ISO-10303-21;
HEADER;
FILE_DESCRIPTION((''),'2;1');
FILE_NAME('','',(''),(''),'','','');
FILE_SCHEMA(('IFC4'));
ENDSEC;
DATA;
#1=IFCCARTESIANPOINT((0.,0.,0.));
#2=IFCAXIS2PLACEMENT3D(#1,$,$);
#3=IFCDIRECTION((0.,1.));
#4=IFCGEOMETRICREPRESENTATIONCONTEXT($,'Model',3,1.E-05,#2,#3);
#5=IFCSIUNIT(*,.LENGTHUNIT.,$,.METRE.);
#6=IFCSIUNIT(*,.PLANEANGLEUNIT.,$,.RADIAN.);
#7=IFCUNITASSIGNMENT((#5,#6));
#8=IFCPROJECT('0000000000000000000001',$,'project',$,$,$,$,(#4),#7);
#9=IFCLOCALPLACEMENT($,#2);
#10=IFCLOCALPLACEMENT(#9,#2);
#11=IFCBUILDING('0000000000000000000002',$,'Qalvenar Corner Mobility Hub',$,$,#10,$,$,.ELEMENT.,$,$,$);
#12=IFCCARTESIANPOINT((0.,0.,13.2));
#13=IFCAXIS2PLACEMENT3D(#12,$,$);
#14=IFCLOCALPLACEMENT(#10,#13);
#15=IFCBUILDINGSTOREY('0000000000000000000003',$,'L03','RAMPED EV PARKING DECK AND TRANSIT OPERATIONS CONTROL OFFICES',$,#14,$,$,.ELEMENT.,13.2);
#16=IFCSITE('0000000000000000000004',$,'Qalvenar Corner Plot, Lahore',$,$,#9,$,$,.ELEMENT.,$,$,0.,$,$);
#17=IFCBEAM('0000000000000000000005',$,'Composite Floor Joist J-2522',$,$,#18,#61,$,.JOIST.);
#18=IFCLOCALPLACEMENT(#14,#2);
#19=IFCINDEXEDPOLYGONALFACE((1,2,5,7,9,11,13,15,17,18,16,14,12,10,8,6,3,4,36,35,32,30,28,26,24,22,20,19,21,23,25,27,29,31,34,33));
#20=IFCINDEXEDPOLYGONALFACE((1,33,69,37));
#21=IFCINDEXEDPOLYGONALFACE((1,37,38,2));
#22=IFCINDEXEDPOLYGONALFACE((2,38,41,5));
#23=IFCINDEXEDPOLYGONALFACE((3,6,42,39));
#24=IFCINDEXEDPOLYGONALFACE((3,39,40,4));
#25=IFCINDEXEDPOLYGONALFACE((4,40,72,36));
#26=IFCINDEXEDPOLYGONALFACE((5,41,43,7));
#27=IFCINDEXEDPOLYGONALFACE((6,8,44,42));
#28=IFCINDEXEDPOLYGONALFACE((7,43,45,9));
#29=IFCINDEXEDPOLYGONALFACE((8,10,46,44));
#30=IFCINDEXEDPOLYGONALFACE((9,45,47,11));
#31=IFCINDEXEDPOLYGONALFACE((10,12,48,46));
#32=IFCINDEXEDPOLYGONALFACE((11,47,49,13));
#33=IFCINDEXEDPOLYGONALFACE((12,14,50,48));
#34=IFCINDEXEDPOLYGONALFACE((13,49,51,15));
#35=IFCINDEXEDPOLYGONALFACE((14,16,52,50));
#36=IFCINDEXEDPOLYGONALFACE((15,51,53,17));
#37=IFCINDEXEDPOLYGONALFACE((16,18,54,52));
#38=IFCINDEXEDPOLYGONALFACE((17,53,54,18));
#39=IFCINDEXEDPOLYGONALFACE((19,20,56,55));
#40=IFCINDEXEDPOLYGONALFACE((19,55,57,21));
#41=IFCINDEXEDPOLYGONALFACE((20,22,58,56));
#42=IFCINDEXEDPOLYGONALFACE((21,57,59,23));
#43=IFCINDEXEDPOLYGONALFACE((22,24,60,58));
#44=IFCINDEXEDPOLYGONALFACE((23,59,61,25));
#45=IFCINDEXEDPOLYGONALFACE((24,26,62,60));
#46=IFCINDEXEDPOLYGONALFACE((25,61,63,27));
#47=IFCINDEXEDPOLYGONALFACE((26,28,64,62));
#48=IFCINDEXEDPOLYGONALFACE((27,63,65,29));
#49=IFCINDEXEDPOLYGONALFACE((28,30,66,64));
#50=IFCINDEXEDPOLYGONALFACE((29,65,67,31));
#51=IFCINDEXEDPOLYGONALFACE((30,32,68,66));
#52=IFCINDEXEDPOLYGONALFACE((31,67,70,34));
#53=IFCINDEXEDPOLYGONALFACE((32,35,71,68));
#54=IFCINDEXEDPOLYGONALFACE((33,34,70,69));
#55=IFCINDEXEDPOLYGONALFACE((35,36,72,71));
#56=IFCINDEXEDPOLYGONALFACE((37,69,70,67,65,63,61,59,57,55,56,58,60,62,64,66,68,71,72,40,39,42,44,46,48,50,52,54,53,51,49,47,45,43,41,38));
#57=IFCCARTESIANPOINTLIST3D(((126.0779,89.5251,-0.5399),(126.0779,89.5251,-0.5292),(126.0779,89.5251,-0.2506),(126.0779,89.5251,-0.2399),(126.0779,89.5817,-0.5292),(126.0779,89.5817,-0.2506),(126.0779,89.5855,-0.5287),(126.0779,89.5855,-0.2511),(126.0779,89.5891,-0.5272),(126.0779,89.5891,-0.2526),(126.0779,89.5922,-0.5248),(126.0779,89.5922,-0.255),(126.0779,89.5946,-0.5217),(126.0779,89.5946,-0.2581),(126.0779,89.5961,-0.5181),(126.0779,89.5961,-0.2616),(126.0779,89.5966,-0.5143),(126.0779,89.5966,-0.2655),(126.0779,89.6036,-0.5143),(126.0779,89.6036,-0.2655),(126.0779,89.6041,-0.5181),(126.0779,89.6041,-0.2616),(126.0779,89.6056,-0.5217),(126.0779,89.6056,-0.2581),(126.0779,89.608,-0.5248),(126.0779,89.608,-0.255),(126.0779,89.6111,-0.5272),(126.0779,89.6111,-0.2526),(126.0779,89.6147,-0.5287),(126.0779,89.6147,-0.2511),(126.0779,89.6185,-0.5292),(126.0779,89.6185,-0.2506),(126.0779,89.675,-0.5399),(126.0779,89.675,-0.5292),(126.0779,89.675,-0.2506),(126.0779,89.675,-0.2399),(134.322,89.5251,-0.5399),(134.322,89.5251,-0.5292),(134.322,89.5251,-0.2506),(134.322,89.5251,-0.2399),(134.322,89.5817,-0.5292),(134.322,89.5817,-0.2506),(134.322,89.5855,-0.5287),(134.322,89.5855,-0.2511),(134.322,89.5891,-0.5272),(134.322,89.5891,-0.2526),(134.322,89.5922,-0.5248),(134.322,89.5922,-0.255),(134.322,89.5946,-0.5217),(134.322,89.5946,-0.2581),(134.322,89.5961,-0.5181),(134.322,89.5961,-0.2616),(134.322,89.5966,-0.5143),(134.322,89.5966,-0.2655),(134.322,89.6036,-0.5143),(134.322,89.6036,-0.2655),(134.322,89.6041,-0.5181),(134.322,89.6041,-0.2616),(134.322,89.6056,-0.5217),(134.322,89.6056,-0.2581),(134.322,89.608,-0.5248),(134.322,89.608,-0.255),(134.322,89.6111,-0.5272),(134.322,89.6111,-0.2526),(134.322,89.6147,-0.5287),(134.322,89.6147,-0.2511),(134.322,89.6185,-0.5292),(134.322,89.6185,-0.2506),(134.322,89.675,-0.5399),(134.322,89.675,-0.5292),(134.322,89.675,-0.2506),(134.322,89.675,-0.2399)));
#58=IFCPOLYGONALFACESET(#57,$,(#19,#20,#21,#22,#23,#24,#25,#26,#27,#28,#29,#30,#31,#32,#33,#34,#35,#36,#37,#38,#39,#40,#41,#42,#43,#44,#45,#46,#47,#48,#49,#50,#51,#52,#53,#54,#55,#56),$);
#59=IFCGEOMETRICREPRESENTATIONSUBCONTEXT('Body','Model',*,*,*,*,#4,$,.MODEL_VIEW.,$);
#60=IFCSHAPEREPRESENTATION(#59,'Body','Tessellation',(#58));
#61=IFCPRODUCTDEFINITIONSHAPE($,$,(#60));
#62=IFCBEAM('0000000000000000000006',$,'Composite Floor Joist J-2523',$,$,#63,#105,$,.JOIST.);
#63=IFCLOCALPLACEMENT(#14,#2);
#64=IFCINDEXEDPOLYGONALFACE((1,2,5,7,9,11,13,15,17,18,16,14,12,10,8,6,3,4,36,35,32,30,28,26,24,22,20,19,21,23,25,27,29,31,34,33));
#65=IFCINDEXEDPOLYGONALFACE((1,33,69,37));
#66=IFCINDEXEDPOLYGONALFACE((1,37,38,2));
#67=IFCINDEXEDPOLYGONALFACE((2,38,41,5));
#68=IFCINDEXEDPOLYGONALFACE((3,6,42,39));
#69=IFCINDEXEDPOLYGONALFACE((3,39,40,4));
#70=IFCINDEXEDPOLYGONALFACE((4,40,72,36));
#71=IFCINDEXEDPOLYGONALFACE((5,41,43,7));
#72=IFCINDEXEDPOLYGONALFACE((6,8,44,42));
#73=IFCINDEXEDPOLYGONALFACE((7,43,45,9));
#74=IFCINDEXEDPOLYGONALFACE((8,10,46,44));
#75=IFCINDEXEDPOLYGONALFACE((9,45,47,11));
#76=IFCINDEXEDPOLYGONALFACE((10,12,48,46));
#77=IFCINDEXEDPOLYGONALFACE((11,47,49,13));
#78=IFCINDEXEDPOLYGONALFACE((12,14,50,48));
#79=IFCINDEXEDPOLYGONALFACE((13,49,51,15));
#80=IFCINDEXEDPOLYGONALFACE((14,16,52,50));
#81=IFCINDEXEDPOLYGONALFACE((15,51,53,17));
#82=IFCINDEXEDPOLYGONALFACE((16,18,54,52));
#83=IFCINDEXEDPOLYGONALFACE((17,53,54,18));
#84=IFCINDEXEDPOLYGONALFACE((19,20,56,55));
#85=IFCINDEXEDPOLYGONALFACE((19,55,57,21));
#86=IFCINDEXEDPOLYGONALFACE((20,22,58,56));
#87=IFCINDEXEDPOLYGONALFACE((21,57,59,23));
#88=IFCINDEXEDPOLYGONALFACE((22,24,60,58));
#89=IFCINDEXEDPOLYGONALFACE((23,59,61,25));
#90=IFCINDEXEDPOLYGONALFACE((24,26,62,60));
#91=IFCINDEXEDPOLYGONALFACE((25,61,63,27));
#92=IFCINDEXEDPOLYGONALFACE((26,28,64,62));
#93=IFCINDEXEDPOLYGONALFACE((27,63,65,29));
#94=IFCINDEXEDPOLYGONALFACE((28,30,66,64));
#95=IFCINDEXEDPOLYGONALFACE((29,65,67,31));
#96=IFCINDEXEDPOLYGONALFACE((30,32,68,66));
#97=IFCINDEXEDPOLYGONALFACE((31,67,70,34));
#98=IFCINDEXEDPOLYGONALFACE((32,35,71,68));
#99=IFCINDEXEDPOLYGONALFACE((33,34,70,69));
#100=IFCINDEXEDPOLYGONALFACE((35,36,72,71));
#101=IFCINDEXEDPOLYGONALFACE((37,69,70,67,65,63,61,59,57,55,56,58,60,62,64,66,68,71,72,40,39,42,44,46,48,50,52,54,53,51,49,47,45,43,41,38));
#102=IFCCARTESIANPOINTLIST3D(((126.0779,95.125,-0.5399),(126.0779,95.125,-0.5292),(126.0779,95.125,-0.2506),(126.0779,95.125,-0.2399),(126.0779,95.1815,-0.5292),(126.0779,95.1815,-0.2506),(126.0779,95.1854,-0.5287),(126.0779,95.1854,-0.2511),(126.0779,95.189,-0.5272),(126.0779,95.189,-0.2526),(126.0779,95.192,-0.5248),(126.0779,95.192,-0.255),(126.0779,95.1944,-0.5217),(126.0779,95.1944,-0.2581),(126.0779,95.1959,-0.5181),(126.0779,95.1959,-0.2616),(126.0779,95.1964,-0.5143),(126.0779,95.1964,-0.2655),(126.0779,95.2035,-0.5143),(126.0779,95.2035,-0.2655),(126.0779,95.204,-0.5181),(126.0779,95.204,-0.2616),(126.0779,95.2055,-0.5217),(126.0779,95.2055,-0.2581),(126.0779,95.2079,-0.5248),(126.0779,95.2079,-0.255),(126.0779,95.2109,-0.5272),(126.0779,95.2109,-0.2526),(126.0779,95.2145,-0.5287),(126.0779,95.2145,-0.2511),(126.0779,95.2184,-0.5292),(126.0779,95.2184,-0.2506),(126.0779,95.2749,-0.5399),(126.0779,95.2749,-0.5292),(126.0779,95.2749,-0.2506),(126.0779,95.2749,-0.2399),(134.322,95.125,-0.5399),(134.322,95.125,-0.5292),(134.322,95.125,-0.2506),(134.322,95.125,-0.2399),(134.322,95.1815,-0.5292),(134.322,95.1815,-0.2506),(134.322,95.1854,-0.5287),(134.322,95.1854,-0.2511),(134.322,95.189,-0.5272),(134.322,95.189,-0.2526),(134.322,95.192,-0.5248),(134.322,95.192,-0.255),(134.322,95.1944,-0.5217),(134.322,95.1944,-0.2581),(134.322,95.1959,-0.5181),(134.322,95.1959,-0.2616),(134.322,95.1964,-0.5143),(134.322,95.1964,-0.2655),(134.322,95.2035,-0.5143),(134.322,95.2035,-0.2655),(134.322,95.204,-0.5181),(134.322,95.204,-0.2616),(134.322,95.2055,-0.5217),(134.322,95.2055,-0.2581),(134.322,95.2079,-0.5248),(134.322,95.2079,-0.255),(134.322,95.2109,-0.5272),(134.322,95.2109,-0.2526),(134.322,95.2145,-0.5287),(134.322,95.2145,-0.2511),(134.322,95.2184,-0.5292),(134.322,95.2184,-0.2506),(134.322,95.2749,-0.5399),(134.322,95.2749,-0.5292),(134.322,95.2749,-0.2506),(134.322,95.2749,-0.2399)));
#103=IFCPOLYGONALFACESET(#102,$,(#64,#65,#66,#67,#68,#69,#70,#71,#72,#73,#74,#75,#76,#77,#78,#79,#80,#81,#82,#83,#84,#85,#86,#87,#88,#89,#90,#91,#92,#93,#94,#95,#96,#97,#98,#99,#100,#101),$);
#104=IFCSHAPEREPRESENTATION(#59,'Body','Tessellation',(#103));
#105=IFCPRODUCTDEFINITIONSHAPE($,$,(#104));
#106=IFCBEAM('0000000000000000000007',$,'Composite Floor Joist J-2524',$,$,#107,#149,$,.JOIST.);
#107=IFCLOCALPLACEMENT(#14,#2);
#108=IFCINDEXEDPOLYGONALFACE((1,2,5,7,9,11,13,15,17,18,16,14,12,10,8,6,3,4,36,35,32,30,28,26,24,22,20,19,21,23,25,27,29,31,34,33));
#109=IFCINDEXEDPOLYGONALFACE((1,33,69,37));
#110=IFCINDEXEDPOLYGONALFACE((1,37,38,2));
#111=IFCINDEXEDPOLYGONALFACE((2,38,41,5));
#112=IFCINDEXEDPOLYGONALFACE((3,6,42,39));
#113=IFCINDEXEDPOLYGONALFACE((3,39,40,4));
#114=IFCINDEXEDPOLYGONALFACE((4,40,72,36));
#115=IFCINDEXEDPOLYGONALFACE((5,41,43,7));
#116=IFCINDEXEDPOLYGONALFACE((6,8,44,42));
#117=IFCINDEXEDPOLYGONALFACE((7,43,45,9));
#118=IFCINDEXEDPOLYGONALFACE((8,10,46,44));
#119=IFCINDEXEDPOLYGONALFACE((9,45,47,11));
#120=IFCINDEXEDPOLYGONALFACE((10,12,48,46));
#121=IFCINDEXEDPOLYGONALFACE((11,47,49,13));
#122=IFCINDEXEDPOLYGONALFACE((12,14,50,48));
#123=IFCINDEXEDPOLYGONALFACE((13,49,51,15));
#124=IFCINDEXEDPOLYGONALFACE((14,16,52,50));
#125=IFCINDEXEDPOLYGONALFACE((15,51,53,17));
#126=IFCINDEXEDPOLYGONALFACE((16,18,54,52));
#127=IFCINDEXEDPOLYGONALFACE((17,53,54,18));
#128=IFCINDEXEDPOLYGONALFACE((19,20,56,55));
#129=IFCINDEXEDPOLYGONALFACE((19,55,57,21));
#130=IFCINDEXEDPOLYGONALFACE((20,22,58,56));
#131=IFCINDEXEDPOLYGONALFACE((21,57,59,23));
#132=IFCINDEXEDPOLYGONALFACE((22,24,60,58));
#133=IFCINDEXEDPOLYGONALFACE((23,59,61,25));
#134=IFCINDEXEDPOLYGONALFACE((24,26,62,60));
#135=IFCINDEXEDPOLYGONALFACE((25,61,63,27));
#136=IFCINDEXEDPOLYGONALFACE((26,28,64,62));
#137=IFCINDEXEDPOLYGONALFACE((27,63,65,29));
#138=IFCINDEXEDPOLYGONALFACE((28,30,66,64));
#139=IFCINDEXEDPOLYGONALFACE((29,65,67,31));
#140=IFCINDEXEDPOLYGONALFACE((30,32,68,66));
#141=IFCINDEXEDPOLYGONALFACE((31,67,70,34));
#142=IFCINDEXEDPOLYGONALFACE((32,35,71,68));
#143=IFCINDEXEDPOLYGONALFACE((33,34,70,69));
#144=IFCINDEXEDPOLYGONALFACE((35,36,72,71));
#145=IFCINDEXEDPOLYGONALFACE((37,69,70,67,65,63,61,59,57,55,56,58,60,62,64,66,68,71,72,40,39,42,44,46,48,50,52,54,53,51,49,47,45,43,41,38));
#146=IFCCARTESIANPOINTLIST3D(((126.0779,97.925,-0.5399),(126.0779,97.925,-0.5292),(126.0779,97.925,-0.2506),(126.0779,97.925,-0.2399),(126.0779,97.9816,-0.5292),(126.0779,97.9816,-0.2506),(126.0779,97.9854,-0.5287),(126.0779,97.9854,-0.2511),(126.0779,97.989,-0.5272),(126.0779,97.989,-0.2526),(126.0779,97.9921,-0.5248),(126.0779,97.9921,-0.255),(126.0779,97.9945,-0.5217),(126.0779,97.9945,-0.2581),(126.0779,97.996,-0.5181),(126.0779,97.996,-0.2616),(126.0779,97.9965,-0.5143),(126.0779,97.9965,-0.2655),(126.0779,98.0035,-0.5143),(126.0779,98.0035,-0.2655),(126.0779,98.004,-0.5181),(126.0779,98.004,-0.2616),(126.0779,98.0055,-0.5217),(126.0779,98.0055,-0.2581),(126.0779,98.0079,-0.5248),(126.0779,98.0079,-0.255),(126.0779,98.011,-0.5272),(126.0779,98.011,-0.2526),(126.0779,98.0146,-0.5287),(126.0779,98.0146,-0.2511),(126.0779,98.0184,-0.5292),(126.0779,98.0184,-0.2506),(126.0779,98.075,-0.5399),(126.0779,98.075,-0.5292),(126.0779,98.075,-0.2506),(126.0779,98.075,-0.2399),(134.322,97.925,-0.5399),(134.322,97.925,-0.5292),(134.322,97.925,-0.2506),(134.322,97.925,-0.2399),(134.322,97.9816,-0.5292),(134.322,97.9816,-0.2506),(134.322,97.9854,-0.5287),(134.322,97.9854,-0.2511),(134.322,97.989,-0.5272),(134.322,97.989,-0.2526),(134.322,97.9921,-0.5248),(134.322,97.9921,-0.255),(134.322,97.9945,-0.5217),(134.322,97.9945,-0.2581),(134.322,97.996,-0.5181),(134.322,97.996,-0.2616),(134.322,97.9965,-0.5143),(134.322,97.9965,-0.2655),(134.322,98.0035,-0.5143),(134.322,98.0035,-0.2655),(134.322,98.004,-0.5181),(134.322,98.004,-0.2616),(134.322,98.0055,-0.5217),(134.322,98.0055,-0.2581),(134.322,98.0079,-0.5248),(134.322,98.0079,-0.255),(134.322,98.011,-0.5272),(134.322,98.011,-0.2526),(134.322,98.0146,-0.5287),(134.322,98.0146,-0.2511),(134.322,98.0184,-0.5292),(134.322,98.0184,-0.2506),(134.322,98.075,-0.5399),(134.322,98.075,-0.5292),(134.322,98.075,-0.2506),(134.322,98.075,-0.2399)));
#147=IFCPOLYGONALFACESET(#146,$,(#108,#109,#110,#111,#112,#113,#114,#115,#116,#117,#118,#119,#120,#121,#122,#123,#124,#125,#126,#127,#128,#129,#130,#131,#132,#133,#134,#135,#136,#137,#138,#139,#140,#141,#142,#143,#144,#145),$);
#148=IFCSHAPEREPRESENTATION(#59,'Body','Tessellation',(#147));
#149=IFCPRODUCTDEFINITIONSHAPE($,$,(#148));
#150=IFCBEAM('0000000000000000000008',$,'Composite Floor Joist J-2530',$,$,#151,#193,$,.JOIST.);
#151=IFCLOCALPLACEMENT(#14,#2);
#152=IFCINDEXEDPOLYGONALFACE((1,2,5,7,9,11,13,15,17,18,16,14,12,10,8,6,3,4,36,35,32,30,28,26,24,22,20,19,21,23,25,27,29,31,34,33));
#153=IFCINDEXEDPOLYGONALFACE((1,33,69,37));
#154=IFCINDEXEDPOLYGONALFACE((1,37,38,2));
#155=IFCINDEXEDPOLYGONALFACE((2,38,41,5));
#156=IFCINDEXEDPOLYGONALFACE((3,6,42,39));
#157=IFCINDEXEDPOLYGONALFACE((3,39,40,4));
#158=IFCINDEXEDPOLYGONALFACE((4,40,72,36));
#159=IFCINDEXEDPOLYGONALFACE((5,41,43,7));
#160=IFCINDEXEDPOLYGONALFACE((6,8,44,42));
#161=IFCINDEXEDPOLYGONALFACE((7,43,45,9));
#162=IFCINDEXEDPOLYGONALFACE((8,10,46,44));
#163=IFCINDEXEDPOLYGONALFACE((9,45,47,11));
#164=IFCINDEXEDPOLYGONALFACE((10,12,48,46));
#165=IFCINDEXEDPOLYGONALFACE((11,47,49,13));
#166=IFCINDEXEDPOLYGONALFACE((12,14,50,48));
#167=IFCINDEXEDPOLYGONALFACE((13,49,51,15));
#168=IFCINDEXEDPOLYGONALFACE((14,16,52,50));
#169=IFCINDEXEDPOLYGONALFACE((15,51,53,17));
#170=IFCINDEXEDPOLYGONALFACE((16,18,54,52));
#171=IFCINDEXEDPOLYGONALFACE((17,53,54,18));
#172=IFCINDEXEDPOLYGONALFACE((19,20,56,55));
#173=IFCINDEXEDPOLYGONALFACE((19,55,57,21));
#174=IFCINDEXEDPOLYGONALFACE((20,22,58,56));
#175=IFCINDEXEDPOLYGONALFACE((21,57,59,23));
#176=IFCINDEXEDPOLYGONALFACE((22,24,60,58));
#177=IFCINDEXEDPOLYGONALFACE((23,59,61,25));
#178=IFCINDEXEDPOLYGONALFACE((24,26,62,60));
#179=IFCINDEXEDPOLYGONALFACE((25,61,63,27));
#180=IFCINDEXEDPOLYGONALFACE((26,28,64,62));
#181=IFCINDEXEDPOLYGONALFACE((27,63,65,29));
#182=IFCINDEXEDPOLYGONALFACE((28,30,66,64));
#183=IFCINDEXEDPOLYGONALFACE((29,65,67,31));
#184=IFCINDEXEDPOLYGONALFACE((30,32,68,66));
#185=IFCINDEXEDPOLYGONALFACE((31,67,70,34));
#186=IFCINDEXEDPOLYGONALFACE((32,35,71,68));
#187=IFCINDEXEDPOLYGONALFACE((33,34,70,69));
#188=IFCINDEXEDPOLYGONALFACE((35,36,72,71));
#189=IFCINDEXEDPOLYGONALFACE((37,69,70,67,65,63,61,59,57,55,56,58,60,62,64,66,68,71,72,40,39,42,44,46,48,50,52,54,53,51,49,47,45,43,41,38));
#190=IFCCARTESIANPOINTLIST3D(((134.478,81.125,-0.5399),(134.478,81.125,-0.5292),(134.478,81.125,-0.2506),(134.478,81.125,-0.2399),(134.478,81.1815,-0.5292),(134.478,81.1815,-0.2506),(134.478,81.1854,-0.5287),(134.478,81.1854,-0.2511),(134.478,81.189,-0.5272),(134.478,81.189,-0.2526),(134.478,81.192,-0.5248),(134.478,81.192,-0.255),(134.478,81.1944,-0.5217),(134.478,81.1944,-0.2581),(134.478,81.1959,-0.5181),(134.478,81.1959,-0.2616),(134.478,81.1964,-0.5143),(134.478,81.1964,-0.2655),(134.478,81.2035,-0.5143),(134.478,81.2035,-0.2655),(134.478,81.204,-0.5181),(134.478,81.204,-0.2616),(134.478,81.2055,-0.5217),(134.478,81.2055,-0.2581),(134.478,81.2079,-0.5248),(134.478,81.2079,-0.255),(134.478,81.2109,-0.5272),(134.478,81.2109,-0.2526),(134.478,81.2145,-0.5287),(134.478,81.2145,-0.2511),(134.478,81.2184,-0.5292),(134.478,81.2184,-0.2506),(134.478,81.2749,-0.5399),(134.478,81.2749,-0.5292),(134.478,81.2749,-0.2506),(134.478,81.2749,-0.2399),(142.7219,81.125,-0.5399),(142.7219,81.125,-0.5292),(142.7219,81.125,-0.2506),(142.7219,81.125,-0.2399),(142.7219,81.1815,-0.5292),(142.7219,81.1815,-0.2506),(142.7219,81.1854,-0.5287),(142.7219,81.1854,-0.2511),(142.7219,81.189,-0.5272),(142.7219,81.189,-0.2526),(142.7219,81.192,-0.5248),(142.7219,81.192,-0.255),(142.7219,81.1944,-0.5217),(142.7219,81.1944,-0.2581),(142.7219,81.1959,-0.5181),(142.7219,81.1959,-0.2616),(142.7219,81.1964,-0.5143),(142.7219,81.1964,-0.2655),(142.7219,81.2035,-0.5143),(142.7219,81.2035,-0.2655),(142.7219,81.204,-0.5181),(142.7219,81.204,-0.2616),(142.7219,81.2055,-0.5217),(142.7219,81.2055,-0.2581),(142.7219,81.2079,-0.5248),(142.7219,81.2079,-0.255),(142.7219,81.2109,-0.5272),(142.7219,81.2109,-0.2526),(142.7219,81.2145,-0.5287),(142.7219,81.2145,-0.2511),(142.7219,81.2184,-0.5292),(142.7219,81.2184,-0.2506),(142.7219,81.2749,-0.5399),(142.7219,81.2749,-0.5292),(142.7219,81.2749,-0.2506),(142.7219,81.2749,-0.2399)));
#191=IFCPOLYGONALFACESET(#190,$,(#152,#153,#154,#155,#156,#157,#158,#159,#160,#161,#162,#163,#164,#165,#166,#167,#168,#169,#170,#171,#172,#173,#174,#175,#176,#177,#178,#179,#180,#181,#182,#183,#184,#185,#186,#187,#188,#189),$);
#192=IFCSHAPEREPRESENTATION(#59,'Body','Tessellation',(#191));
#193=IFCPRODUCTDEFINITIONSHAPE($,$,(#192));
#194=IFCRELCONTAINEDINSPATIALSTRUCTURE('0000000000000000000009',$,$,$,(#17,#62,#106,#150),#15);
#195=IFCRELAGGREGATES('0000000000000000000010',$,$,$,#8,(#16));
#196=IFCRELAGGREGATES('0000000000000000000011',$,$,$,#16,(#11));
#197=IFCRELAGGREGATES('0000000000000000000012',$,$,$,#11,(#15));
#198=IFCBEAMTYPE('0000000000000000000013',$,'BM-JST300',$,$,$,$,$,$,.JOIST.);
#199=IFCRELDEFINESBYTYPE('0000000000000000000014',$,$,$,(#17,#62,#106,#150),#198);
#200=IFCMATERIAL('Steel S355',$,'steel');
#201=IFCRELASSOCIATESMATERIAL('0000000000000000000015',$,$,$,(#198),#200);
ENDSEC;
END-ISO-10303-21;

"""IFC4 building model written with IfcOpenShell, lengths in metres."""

from ifc_helpers import new_model, si_unit, direction, frame, origin, origin_2d, place, context, subcontext, project, spatial, i_section, extrude, material, material_profile, profile_set, type_object, element, save


model = new_model("IFC4")

# Units and contexts
model_context = context("Model", 3, precision=1e-05, world=origin(), true_north=direction((0.0, 1.0)))
body_context = subcontext(model_context, "Body", "Model", "MODEL_VIEW")
ifc_project = project(units=[si_unit("LENGTHUNIT", "METRE"), si_unit("PLANEANGLEUNIT", "RADIAN")], contexts=[model_context])

# Site, building, storey
site_placement = place(None, origin())
site = spatial("IfcSite", under=ifc_project, at=site_placement, Name="Qalvenar Corner Plot, Lahore", CompositionType="ELEMENT", RefElevation=0.0)
building_placement = place(site_placement, origin())
building = spatial("IfcBuilding", under=site, at=building_placement, Name="Qalvenar Corner Mobility Hub", CompositionType="ELEMENT")
storey_placement = place(building_placement, frame((0.0, 0.0, 13.2)))
storey = spatial("IfcBuildingStorey", under=building, at=storey_placement, Name="L03", Description="RAMPED EV PARKING DECK AND TRANSIT OPERATIONS CONTROL OFFICES", CompositionType="ELEMENT", Elevation=13.2)

# Shared definitions
ifc_material_1 = material(Name="Steel S355", Category="steel")

# Beams
ifc_material_profile_1 = material_profile(ifc_material_1, i_section(OverallWidth=0.1499, OverallDepth=0.3, WebThickness=0.0071, FlangeThickness=0.0107, FilletRadius=0.0149, at=origin_2d()), Name="IPE300")
ifc_profile_set_1 = profile_set([ifc_material_profile_1], Name="Steel S355")
beam_type_1 = type_object("IfcBeamType", Name="BM-JST300", PredefinedType="JOIST", material=ifc_profile_set_1)
for number, where, z_axis, x_axis, name in (
    (1, (126.0779, 89.6001, -0.3899), (1.0, 0.0, 0.0), (0.0, 1.0, 0.0), "Composite Floor Joist J-2522"),
    (2, (126.0779, 95.2, -0.3899), (1.0, 0.0, 0.0), (0.0, 1.0, 0.0), "Composite Floor Joist J-2523"),
    (3, (126.0779, 98.0, -0.3899), (1.0, 0.0, 0.0), (0.0, 1.0, 0.0), "Composite Floor Joist J-2524"),
):
    element("IfcBeam", number, at=place(storey_placement, frame(where, z_axis=z_axis, x_axis=x_axis)), inside=storey, type_object=beam_type_1, Name=name, PredefinedType="JOIST", context=body_context, shape_type="SweptSolid", body=[
        extrude(i_section(OverallWidth=0.1499, OverallDepth=0.3, WebThickness=0.0071, FlangeThickness=0.0107, FilletRadius=0.0149, at=origin_2d()), origin(), (0.0, 0.0, 1.0), 8.2441),
    ])
for number, where, z_axis, x_axis, name in (
    (4, (134.478, 81.2, -0.3899), (1.0, 0.0, 0.0), (0.0, 1.0, 0.0), "Composite Floor Joist J-2530"),
):
    element("IfcBeam", number, at=place(storey_placement, frame(where, z_axis=z_axis, x_axis=x_axis)), inside=storey, type_object=beam_type_1, Name=name, PredefinedType="JOIST", context=body_context, shape_type="SweptSolid", body=[
        extrude(i_section(OverallWidth=0.1499, OverallDepth=0.3, WebThickness=0.0071, FlangeThickness=0.0107, FilletRadius=0.0149, at=origin_2d()), origin(), (0.0, 0.0, 1.0), 8.2439),
    ])

save(model, "model.ifc")
